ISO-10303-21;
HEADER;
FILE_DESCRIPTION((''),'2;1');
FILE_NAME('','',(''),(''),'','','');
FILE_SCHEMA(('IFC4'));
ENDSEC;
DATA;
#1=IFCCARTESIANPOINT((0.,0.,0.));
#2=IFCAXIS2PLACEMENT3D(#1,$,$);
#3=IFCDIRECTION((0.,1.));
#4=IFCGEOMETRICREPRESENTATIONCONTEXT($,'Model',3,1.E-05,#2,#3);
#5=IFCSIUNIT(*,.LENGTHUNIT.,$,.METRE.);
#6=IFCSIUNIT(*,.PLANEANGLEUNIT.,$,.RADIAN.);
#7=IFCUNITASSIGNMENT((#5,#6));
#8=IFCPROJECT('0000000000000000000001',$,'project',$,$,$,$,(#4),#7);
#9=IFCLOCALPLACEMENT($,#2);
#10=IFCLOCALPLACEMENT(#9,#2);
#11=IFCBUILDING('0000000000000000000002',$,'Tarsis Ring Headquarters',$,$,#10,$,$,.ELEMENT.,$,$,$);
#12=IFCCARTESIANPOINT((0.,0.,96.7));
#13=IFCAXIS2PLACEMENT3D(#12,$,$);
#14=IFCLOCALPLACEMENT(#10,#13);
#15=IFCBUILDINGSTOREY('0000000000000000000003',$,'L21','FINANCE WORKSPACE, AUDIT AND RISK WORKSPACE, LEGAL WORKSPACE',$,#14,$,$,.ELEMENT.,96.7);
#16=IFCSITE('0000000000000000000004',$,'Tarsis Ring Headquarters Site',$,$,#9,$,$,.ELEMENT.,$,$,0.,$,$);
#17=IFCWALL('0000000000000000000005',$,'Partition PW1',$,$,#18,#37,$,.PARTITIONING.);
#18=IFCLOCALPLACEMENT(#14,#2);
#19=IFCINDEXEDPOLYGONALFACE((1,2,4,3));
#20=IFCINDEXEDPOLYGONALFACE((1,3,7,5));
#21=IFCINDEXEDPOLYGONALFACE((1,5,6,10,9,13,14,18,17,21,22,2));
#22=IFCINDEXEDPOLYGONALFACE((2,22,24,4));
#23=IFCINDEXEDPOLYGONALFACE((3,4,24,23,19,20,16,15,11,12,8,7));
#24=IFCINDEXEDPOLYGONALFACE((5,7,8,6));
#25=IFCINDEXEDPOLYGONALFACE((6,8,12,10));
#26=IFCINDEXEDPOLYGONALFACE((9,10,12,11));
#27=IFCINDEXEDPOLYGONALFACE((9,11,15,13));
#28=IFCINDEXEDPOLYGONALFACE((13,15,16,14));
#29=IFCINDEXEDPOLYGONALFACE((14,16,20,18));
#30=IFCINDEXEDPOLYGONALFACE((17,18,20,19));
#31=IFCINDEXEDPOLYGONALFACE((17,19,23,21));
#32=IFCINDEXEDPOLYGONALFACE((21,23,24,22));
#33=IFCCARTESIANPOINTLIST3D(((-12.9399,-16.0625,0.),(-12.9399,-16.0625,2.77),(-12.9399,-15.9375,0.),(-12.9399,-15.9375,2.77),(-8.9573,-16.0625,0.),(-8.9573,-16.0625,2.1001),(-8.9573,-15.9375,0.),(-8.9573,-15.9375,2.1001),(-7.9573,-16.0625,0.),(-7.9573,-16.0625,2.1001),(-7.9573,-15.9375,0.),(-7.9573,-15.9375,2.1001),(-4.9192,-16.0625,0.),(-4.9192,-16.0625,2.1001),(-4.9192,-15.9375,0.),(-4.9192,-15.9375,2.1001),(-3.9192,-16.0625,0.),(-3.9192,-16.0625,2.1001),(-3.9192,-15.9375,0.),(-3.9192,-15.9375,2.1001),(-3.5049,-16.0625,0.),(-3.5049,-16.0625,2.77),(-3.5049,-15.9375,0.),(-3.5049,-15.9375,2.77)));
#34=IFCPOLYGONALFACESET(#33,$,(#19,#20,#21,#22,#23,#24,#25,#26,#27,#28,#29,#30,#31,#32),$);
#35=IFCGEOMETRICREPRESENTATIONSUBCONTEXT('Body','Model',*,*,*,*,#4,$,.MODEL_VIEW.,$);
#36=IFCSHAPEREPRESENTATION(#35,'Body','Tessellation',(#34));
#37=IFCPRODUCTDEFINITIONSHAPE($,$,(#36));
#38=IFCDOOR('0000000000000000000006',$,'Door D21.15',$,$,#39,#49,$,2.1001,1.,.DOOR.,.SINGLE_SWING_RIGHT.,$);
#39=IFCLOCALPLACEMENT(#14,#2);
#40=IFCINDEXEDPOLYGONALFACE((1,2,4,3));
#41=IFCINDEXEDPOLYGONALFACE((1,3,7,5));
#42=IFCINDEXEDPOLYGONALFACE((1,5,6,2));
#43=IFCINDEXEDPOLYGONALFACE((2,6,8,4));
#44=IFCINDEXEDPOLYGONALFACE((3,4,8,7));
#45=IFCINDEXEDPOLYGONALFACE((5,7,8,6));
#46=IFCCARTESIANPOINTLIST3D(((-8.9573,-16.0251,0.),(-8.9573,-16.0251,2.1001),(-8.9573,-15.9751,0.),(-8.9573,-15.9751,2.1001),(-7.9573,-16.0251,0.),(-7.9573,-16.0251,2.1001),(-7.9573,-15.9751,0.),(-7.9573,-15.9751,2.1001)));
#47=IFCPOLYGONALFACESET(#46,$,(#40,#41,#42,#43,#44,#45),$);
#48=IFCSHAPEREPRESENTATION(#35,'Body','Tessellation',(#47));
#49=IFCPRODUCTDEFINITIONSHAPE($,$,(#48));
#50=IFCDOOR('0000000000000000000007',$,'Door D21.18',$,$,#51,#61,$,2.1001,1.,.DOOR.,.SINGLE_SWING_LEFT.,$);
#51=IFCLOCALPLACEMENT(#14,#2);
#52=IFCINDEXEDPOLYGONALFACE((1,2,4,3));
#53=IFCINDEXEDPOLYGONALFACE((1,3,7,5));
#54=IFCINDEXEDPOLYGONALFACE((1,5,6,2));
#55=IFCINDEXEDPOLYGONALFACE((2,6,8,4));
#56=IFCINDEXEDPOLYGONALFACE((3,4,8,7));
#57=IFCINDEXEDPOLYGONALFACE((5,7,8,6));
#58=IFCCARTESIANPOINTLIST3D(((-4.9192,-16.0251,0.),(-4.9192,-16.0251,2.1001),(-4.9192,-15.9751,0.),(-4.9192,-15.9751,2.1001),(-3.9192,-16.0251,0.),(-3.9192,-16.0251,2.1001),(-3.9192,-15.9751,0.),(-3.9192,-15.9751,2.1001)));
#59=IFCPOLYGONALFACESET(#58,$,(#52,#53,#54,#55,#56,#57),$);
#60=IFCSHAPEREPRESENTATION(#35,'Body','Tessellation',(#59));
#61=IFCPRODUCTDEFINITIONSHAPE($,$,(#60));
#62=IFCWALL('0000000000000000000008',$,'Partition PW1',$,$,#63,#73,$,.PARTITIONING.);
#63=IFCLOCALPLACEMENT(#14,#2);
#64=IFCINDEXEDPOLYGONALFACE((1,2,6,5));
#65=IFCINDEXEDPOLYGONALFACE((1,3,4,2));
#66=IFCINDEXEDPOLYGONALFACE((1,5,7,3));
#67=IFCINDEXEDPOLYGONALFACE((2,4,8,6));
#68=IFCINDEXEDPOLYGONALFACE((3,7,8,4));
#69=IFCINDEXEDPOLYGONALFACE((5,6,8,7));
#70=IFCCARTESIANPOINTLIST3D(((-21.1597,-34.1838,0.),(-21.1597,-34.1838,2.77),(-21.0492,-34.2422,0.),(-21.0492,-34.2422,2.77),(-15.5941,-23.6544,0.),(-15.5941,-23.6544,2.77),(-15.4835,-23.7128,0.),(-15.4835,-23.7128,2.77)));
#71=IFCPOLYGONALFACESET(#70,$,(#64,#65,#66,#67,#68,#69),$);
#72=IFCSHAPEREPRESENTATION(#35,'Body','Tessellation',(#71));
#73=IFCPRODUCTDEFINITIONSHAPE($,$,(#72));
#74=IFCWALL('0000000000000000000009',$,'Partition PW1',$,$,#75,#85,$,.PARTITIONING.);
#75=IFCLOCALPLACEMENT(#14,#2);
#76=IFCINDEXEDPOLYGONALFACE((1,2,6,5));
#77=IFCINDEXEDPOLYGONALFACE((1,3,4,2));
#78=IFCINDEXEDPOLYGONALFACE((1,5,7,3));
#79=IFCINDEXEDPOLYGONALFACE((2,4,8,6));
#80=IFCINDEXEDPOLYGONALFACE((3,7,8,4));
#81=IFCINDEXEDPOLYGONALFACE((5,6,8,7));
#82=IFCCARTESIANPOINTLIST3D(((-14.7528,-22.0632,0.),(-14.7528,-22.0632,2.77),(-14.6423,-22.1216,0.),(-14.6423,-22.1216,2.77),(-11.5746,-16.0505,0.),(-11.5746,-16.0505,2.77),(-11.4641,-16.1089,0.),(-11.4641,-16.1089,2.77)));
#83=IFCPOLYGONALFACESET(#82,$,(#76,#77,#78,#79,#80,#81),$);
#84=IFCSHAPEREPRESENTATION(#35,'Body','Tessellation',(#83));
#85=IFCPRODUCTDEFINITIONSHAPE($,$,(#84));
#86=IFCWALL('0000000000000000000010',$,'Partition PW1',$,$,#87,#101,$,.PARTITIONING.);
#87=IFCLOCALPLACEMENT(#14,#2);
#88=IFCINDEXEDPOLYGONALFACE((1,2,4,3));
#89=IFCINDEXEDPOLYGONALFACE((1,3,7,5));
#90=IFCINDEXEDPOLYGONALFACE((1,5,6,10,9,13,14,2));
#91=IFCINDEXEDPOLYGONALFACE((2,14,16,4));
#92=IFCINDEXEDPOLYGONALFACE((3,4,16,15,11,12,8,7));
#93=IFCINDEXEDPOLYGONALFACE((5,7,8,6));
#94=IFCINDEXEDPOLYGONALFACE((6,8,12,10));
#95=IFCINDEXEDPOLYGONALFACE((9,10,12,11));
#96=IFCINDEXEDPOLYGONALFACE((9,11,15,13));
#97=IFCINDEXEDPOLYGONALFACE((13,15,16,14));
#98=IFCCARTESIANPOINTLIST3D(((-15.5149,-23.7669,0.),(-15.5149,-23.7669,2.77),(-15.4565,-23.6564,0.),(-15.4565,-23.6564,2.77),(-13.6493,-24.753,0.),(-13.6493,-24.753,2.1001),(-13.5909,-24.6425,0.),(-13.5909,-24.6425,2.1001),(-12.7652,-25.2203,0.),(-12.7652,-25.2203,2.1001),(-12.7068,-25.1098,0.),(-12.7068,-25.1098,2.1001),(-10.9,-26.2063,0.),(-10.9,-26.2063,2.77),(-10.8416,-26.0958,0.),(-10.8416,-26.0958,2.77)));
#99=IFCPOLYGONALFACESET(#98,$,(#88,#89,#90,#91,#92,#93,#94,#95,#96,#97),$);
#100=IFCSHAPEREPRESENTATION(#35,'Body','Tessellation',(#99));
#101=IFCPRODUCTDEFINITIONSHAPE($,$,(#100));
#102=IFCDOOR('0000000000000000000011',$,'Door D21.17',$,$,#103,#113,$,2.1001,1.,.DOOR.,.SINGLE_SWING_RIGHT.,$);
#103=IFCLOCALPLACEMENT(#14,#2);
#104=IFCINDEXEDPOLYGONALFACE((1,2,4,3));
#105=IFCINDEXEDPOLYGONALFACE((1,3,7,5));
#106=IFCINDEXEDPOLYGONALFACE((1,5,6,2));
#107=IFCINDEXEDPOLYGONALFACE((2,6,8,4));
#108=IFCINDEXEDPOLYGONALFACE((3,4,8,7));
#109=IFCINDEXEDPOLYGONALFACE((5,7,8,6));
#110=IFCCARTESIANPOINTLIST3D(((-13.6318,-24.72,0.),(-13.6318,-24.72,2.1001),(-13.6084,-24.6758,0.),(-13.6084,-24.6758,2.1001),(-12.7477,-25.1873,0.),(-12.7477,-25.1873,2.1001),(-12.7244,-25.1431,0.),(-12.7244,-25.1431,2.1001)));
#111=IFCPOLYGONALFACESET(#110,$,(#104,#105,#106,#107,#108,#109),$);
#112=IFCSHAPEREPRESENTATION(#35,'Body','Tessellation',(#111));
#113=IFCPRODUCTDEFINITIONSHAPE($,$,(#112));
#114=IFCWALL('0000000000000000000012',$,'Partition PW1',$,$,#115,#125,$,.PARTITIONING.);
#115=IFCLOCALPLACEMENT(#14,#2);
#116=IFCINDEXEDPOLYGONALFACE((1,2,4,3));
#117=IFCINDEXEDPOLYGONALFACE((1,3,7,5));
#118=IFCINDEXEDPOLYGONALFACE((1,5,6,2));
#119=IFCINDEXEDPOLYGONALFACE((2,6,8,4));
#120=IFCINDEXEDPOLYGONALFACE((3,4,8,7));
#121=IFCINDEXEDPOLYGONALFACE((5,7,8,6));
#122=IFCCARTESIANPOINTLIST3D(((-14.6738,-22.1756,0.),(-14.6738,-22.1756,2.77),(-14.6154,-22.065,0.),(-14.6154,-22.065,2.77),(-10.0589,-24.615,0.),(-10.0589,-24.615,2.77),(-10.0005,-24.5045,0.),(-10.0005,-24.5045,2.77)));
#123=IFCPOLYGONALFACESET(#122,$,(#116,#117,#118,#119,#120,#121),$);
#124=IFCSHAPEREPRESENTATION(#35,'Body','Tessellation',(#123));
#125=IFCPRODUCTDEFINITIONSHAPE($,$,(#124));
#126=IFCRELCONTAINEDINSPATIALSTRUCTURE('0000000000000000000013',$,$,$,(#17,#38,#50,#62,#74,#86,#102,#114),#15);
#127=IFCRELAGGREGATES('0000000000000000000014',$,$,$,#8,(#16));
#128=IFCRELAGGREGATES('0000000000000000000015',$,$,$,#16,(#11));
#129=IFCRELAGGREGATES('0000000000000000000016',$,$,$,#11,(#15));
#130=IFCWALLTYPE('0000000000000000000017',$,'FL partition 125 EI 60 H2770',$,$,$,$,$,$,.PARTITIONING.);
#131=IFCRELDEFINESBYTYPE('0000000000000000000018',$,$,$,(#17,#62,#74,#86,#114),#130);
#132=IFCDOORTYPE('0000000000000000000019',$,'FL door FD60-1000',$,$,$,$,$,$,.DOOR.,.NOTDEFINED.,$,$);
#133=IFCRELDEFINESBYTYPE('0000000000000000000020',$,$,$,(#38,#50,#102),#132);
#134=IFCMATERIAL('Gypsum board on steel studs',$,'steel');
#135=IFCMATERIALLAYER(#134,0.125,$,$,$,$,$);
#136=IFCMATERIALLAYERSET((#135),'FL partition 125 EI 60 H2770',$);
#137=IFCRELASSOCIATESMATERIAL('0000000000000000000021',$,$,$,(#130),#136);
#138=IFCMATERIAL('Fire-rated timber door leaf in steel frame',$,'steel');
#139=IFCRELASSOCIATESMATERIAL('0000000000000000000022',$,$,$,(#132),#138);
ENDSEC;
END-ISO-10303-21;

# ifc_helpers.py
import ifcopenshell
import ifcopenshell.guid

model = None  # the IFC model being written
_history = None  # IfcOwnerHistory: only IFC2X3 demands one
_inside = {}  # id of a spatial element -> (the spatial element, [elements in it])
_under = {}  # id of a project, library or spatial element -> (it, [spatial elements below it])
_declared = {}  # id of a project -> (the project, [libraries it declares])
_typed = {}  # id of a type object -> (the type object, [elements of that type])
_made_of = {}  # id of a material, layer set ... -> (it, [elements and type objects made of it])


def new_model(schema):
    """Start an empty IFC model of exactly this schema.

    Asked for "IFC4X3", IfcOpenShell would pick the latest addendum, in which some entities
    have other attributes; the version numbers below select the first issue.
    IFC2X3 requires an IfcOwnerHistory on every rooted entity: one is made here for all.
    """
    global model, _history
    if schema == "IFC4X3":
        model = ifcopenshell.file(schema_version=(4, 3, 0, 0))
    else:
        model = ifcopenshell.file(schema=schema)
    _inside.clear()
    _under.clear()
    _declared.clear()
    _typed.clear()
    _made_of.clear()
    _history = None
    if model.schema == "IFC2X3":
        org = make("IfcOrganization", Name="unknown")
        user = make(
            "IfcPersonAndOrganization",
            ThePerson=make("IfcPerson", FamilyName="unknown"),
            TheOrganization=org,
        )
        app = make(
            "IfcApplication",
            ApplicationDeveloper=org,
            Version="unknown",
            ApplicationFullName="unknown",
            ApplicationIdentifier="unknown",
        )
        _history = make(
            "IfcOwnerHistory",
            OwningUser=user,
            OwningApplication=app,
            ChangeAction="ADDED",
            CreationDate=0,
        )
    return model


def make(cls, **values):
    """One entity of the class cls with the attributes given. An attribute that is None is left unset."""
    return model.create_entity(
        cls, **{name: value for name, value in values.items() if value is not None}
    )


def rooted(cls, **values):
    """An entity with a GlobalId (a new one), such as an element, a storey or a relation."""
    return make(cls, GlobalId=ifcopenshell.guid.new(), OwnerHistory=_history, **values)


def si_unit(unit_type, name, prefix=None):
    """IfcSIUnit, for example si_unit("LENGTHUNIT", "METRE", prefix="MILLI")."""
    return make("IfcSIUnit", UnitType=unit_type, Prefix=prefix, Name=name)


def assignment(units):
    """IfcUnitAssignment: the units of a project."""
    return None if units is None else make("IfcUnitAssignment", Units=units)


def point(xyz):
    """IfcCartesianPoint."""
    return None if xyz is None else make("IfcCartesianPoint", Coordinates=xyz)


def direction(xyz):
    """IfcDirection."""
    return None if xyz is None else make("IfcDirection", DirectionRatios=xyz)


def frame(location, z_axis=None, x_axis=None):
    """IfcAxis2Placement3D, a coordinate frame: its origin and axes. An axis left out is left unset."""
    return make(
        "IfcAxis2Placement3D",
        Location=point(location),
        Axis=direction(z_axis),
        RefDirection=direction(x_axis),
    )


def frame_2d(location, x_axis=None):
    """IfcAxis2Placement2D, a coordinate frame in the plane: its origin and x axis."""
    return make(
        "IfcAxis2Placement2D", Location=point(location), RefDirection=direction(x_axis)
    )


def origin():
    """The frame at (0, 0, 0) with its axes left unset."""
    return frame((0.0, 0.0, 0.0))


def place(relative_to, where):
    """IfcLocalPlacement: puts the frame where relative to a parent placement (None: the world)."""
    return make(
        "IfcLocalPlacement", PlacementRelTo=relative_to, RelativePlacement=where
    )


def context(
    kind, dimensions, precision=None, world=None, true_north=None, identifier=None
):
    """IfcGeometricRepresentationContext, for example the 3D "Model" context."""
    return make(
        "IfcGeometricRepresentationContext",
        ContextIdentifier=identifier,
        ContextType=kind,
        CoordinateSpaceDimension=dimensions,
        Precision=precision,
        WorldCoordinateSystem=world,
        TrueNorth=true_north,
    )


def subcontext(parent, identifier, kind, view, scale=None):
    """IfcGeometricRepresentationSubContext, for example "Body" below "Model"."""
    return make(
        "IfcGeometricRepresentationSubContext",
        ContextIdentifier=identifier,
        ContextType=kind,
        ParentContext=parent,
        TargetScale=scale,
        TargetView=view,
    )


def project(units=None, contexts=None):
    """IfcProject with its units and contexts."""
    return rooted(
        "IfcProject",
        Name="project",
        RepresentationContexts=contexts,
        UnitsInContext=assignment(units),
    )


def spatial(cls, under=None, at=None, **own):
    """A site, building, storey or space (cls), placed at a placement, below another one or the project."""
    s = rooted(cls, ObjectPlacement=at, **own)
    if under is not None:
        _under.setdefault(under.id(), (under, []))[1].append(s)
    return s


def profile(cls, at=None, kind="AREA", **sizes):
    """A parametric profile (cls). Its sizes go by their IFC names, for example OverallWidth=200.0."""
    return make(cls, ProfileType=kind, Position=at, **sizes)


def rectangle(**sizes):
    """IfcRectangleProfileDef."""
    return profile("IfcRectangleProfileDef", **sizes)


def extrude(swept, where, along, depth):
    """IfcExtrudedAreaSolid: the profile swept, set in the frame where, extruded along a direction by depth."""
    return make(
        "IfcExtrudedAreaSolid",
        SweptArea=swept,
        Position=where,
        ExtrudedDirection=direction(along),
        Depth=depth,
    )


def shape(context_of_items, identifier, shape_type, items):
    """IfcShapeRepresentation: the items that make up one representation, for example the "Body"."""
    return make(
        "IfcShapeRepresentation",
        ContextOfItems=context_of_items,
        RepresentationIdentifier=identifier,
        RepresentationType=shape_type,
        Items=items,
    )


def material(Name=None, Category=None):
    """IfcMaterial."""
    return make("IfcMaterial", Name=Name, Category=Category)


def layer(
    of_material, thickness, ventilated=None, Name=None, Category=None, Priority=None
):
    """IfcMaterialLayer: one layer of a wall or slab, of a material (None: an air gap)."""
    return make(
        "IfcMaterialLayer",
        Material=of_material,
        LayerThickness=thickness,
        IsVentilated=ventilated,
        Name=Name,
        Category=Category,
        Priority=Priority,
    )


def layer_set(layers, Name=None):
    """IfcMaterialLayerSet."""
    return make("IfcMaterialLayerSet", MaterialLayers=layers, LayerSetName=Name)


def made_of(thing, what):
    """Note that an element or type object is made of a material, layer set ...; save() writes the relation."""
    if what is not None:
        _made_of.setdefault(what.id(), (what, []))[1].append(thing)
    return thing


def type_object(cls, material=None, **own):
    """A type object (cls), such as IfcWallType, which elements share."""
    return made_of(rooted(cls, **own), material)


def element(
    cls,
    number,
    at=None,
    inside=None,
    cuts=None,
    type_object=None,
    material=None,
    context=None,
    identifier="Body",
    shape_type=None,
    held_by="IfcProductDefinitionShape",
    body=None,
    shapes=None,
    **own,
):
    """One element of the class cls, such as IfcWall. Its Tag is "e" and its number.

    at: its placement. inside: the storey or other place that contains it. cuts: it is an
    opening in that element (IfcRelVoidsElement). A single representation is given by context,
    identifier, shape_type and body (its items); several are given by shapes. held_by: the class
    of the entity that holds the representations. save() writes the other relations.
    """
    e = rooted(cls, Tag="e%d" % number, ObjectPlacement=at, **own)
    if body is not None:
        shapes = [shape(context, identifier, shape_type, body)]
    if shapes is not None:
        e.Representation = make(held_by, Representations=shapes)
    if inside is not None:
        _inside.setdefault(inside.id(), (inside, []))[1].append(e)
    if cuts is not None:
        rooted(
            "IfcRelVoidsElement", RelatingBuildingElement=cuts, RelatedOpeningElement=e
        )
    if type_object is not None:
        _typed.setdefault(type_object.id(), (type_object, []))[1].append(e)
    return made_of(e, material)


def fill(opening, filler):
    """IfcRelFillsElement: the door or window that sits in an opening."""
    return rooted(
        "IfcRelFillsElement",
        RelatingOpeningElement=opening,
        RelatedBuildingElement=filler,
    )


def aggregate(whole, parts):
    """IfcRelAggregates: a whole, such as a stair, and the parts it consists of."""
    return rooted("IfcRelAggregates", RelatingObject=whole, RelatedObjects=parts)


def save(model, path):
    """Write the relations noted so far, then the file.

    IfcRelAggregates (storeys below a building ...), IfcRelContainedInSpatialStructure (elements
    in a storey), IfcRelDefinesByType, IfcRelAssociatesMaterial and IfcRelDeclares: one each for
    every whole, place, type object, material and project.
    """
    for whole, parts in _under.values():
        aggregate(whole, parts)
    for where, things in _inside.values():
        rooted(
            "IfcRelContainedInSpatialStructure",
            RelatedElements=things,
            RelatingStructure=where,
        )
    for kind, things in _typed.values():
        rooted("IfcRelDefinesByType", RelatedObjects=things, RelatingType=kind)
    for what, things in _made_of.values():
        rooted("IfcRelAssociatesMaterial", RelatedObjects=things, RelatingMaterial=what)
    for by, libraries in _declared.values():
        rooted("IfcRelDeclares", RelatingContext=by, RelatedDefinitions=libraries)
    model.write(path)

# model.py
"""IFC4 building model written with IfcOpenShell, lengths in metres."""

from ifc_helpers import new_model, si_unit, direction, frame, frame_2d, origin, place, context, subcontext, project, spatial, rectangle, extrude, material, layer, layer_set, type_object, element, fill, save


model = new_model("IFC4")

# Units and contexts
model_context = context("Model", 3, precision=1e-05, world=origin(), true_north=direction((0.0, 1.0)))
body_context = subcontext(model_context, "Body", "Model", "MODEL_VIEW")
ifc_project = project(units=[si_unit("LENGTHUNIT", "METRE"), si_unit("PLANEANGLEUNIT", "RADIAN")], contexts=[model_context])

# Site, building, storey
site_placement = place(None, origin())
site = spatial("IfcSite", under=ifc_project, at=site_placement, Name="Tarsis Ring Headquarters Site", CompositionType="ELEMENT", RefElevation=0.0)
building_placement = place(site_placement, origin())
building = spatial("IfcBuilding", under=site, at=building_placement, Name="Tarsis Ring Headquarters", CompositionType="ELEMENT")
storey_placement = place(building_placement, frame((0.0, 0.0, 96.7)))
storey = spatial("IfcBuildingStorey", under=building, at=storey_placement, Name="L21", Description="FINANCE WORKSPACE, AUDIT AND RISK WORKSPACE, LEGAL WORKSPACE", CompositionType="ELEMENT", Elevation=96.7)

# Shared definitions
ifc_material_1 = material(Name="Gypsum board on steel studs", Category="steel")

# Wall, openings, doors
ifc_layer_1 = layer(ifc_material_1, 0.125)
ifc_layer_set_1 = layer_set([ifc_layer_1], Name="FL partition 125 EI 60 H2770")
wall_type_1 = type_object("IfcWallType", Name="FL partition 125 EI 60 H2770", PredefinedType="PARTITIONING", material=ifc_layer_set_1)
ifc_material_2 = material(Name="Fire-rated timber door leaf in steel frame", Category="steel")
door_type_1 = type_object("IfcDoorType", Name="FL door FD60-1000", OperationType="NOTDEFINED", PredefinedType="DOOR", material=ifc_material_2)
wall_1_placement = place(storey_placement, frame((-12.9399, -16.0, 0.0), z_axis=(0.0, 0.0, 1.0), x_axis=(1.0, 0.0, 0.0)))
wall_1 = element("IfcWall", 1, at=wall_1_placement, inside=storey, type_object=wall_type_1, Name="Partition PW1", PredefinedType="PARTITIONING", context=body_context, shape_type="SweptSolid", body=[
    extrude(rectangle(XDim=9.4351, YDim=0.125, at=frame_2d((4.7175, 0.0))), origin(), (0.0, 0.0, 1.0), 2.77),
])
opening_1_placement = place(wall_1_placement, frame((3.9827, 0.0, 0.0)))
opening_1 = element("IfcOpeningElement", 2, at=opening_1_placement, cuts=wall_1, PredefinedType="OPENING", context=body_context, shape_type="SweptSolid", body=[
    extrude(rectangle(XDim=1.0, YDim=2.1001, at=frame_2d((0.5, 1.05))), frame((0.0, 0.0725, 0.0), z_axis=(0.0, -1.0, 0.0), x_axis=(1.0, 0.0, 0.0)), (0.0, 0.0, 1.0), 0.145),
])
opening_2_placement = place(wall_1_placement, frame((8.0208, 0.0, 0.0)))
opening_2 = element("IfcOpeningElement", 3, at=opening_2_placement, cuts=wall_1, PredefinedType="OPENING", context=body_context, shape_type="SweptSolid", body=[
    extrude(rectangle(XDim=1.0, YDim=2.1001, at=frame_2d((0.5, 1.05))), frame((0.0, 0.0725, 0.0), z_axis=(0.0, -1.0, 0.0), x_axis=(1.0, 0.0, 0.0)), (0.0, 0.0, 1.0), 0.145),
])
door_1_placement = place(opening_1_placement, origin())
door_1 = element("IfcDoor", 4, at=door_1_placement, inside=storey, type_object=door_type_1, Name="Door D21.15", OperationType="SINGLE_SWING_RIGHT", OverallHeight=2.1001, OverallWidth=1.0, PredefinedType="DOOR", context=body_context, shape_type="SweptSolid", body=[
    extrude(rectangle(XDim=1.0, YDim=2.1001, at=frame_2d((0.5, 1.05))), frame((0.0, 0.0249, 0.0), z_axis=(0.0, -1.0, 0.0), x_axis=(1.0, 0.0, 0.0)), (0.0, 0.0, 1.0), 0.05),
])
fill(opening_1, door_1)
door_2_placement = place(opening_2_placement, origin())
door_2 = element("IfcDoor", 5, at=door_2_placement, inside=storey, type_object=door_type_1, Name="Door D21.18", OperationType="SINGLE_SWING_LEFT", OverallHeight=2.1001, OverallWidth=1.0, PredefinedType="DOOR", context=body_context, shape_type="SweptSolid", body=[
    extrude(rectangle(XDim=1.0, YDim=2.1001, at=frame_2d((0.5, 1.05))), frame((0.0, 0.0249, 0.0), z_axis=(0.0, -1.0, 0.0), x_axis=(1.0, 0.0, 0.0)), (0.0, 0.0, 1.0), 0.05),
])
fill(opening_2, door_2)

# Walls
wall_2_placement = place(storey_placement, frame((-21.1045, -34.2131, 0.0), z_axis=(0.0, 0.0, 1.0), x_axis=(0.467311, 0.884093, 0.0)))
element("IfcWall", 6, at=wall_2_placement, inside=storey, type_object=wall_type_1, Name="Partition PW1", PredefinedType="PARTITIONING", context=body_context, shape_type="SweptSolid", body=[
    extrude(rectangle(XDim=11.9099, YDim=0.125, at=frame_2d((5.9551, 0.0))), origin(), (0.0, 0.0, 1.0), 2.77),
])
wall_3_placement = place(storey_placement, frame((-14.6975, -22.0923, 0.0), z_axis=(0.0, 0.0, 1.0), x_axis=(0.467317, 0.88409, 0.0)))
element("IfcWall", 7, at=wall_3_placement, inside=storey, type_object=wall_type_1, Name="Partition PW1", PredefinedType="PARTITIONING", context=body_context, shape_type="SweptSolid", body=[
    extrude(rectangle(XDim=6.801, YDim=0.125, at=frame_2d((3.4004, 0.0))), origin(), (0.0, 0.0, 1.0), 2.77),
])

# Wall, opening, door
wall_4_placement = place(storey_placement, frame((-15.4856, -23.7117, 0.0), z_axis=(0.0, 0.0, 1.0), x_axis=(0.884087, -0.467322, 0.0)))
wall_4 = element("IfcWall", 8, at=wall_4_placement, inside=storey, type_object=wall_type_1, Name="Partition PW1", PredefinedType="PARTITIONING", context=body_context, shape_type="SweptSolid", body=[
    extrude(rectangle(XDim=5.22, YDim=0.125, at=frame_2d((2.6099, 0.0))), origin(), (0.0, 0.0, 1.0), 2.77),
])
opening_3_placement = place(wall_4_placement, frame((2.1101, 0.0, 0.0)))
opening_3 = element("IfcOpeningElement", 9, at=opening_3_placement, cuts=wall_4, PredefinedType="OPENING", context=body_context, shape_type="SweptSolid", body=[
    extrude(rectangle(XDim=1.0, YDim=2.1001, at=frame_2d((0.5, 1.05))), frame((0.0, 0.0725, 0.0), z_axis=(0.0, -1.0, 0.0), x_axis=(1.0, 0.0, 0.0)), (0.0, 0.0, 1.0), 0.145),
])
door_3_placement = place(opening_3_placement, origin())
door_3 = element("IfcDoor", 10, at=door_3_placement, inside=storey, type_object=door_type_1, Name="Door D21.17", OperationType="SINGLE_SWING_RIGHT", OverallHeight=2.1001, OverallWidth=1.0, PredefinedType="DOOR", context=body_context, shape_type="SweptSolid", body=[
    extrude(rectangle(XDim=1.0, YDim=2.1001, at=frame_2d((0.5, 1.05))), frame((0.0, 0.0249, 0.0), z_axis=(0.0, -1.0, 0.0), x_axis=(1.0, 0.0, 0.0)), (0.0, 0.0, 1.0), 0.05),
])
fill(opening_3, door_3)

# Wall
wall_5_placement = place(storey_placement, frame((-14.6445, -22.1204, 0.0), z_axis=(0.0, 0.0, 1.0), x_axis=(0.884087, -0.467322, 0.0)))
element("IfcWall", 11, at=wall_5_placement, inside=storey, type_object=wall_type_1, Name="Partition PW1", PredefinedType="PARTITIONING", context=body_context, shape_type="SweptSolid", body=[
    extrude(rectangle(XDim=5.22, YDim=0.125, at=frame_2d((2.6099, 0.0))), origin(), (0.0, 0.0, 1.0), 2.77),
])

save(model, "model.ifc")
